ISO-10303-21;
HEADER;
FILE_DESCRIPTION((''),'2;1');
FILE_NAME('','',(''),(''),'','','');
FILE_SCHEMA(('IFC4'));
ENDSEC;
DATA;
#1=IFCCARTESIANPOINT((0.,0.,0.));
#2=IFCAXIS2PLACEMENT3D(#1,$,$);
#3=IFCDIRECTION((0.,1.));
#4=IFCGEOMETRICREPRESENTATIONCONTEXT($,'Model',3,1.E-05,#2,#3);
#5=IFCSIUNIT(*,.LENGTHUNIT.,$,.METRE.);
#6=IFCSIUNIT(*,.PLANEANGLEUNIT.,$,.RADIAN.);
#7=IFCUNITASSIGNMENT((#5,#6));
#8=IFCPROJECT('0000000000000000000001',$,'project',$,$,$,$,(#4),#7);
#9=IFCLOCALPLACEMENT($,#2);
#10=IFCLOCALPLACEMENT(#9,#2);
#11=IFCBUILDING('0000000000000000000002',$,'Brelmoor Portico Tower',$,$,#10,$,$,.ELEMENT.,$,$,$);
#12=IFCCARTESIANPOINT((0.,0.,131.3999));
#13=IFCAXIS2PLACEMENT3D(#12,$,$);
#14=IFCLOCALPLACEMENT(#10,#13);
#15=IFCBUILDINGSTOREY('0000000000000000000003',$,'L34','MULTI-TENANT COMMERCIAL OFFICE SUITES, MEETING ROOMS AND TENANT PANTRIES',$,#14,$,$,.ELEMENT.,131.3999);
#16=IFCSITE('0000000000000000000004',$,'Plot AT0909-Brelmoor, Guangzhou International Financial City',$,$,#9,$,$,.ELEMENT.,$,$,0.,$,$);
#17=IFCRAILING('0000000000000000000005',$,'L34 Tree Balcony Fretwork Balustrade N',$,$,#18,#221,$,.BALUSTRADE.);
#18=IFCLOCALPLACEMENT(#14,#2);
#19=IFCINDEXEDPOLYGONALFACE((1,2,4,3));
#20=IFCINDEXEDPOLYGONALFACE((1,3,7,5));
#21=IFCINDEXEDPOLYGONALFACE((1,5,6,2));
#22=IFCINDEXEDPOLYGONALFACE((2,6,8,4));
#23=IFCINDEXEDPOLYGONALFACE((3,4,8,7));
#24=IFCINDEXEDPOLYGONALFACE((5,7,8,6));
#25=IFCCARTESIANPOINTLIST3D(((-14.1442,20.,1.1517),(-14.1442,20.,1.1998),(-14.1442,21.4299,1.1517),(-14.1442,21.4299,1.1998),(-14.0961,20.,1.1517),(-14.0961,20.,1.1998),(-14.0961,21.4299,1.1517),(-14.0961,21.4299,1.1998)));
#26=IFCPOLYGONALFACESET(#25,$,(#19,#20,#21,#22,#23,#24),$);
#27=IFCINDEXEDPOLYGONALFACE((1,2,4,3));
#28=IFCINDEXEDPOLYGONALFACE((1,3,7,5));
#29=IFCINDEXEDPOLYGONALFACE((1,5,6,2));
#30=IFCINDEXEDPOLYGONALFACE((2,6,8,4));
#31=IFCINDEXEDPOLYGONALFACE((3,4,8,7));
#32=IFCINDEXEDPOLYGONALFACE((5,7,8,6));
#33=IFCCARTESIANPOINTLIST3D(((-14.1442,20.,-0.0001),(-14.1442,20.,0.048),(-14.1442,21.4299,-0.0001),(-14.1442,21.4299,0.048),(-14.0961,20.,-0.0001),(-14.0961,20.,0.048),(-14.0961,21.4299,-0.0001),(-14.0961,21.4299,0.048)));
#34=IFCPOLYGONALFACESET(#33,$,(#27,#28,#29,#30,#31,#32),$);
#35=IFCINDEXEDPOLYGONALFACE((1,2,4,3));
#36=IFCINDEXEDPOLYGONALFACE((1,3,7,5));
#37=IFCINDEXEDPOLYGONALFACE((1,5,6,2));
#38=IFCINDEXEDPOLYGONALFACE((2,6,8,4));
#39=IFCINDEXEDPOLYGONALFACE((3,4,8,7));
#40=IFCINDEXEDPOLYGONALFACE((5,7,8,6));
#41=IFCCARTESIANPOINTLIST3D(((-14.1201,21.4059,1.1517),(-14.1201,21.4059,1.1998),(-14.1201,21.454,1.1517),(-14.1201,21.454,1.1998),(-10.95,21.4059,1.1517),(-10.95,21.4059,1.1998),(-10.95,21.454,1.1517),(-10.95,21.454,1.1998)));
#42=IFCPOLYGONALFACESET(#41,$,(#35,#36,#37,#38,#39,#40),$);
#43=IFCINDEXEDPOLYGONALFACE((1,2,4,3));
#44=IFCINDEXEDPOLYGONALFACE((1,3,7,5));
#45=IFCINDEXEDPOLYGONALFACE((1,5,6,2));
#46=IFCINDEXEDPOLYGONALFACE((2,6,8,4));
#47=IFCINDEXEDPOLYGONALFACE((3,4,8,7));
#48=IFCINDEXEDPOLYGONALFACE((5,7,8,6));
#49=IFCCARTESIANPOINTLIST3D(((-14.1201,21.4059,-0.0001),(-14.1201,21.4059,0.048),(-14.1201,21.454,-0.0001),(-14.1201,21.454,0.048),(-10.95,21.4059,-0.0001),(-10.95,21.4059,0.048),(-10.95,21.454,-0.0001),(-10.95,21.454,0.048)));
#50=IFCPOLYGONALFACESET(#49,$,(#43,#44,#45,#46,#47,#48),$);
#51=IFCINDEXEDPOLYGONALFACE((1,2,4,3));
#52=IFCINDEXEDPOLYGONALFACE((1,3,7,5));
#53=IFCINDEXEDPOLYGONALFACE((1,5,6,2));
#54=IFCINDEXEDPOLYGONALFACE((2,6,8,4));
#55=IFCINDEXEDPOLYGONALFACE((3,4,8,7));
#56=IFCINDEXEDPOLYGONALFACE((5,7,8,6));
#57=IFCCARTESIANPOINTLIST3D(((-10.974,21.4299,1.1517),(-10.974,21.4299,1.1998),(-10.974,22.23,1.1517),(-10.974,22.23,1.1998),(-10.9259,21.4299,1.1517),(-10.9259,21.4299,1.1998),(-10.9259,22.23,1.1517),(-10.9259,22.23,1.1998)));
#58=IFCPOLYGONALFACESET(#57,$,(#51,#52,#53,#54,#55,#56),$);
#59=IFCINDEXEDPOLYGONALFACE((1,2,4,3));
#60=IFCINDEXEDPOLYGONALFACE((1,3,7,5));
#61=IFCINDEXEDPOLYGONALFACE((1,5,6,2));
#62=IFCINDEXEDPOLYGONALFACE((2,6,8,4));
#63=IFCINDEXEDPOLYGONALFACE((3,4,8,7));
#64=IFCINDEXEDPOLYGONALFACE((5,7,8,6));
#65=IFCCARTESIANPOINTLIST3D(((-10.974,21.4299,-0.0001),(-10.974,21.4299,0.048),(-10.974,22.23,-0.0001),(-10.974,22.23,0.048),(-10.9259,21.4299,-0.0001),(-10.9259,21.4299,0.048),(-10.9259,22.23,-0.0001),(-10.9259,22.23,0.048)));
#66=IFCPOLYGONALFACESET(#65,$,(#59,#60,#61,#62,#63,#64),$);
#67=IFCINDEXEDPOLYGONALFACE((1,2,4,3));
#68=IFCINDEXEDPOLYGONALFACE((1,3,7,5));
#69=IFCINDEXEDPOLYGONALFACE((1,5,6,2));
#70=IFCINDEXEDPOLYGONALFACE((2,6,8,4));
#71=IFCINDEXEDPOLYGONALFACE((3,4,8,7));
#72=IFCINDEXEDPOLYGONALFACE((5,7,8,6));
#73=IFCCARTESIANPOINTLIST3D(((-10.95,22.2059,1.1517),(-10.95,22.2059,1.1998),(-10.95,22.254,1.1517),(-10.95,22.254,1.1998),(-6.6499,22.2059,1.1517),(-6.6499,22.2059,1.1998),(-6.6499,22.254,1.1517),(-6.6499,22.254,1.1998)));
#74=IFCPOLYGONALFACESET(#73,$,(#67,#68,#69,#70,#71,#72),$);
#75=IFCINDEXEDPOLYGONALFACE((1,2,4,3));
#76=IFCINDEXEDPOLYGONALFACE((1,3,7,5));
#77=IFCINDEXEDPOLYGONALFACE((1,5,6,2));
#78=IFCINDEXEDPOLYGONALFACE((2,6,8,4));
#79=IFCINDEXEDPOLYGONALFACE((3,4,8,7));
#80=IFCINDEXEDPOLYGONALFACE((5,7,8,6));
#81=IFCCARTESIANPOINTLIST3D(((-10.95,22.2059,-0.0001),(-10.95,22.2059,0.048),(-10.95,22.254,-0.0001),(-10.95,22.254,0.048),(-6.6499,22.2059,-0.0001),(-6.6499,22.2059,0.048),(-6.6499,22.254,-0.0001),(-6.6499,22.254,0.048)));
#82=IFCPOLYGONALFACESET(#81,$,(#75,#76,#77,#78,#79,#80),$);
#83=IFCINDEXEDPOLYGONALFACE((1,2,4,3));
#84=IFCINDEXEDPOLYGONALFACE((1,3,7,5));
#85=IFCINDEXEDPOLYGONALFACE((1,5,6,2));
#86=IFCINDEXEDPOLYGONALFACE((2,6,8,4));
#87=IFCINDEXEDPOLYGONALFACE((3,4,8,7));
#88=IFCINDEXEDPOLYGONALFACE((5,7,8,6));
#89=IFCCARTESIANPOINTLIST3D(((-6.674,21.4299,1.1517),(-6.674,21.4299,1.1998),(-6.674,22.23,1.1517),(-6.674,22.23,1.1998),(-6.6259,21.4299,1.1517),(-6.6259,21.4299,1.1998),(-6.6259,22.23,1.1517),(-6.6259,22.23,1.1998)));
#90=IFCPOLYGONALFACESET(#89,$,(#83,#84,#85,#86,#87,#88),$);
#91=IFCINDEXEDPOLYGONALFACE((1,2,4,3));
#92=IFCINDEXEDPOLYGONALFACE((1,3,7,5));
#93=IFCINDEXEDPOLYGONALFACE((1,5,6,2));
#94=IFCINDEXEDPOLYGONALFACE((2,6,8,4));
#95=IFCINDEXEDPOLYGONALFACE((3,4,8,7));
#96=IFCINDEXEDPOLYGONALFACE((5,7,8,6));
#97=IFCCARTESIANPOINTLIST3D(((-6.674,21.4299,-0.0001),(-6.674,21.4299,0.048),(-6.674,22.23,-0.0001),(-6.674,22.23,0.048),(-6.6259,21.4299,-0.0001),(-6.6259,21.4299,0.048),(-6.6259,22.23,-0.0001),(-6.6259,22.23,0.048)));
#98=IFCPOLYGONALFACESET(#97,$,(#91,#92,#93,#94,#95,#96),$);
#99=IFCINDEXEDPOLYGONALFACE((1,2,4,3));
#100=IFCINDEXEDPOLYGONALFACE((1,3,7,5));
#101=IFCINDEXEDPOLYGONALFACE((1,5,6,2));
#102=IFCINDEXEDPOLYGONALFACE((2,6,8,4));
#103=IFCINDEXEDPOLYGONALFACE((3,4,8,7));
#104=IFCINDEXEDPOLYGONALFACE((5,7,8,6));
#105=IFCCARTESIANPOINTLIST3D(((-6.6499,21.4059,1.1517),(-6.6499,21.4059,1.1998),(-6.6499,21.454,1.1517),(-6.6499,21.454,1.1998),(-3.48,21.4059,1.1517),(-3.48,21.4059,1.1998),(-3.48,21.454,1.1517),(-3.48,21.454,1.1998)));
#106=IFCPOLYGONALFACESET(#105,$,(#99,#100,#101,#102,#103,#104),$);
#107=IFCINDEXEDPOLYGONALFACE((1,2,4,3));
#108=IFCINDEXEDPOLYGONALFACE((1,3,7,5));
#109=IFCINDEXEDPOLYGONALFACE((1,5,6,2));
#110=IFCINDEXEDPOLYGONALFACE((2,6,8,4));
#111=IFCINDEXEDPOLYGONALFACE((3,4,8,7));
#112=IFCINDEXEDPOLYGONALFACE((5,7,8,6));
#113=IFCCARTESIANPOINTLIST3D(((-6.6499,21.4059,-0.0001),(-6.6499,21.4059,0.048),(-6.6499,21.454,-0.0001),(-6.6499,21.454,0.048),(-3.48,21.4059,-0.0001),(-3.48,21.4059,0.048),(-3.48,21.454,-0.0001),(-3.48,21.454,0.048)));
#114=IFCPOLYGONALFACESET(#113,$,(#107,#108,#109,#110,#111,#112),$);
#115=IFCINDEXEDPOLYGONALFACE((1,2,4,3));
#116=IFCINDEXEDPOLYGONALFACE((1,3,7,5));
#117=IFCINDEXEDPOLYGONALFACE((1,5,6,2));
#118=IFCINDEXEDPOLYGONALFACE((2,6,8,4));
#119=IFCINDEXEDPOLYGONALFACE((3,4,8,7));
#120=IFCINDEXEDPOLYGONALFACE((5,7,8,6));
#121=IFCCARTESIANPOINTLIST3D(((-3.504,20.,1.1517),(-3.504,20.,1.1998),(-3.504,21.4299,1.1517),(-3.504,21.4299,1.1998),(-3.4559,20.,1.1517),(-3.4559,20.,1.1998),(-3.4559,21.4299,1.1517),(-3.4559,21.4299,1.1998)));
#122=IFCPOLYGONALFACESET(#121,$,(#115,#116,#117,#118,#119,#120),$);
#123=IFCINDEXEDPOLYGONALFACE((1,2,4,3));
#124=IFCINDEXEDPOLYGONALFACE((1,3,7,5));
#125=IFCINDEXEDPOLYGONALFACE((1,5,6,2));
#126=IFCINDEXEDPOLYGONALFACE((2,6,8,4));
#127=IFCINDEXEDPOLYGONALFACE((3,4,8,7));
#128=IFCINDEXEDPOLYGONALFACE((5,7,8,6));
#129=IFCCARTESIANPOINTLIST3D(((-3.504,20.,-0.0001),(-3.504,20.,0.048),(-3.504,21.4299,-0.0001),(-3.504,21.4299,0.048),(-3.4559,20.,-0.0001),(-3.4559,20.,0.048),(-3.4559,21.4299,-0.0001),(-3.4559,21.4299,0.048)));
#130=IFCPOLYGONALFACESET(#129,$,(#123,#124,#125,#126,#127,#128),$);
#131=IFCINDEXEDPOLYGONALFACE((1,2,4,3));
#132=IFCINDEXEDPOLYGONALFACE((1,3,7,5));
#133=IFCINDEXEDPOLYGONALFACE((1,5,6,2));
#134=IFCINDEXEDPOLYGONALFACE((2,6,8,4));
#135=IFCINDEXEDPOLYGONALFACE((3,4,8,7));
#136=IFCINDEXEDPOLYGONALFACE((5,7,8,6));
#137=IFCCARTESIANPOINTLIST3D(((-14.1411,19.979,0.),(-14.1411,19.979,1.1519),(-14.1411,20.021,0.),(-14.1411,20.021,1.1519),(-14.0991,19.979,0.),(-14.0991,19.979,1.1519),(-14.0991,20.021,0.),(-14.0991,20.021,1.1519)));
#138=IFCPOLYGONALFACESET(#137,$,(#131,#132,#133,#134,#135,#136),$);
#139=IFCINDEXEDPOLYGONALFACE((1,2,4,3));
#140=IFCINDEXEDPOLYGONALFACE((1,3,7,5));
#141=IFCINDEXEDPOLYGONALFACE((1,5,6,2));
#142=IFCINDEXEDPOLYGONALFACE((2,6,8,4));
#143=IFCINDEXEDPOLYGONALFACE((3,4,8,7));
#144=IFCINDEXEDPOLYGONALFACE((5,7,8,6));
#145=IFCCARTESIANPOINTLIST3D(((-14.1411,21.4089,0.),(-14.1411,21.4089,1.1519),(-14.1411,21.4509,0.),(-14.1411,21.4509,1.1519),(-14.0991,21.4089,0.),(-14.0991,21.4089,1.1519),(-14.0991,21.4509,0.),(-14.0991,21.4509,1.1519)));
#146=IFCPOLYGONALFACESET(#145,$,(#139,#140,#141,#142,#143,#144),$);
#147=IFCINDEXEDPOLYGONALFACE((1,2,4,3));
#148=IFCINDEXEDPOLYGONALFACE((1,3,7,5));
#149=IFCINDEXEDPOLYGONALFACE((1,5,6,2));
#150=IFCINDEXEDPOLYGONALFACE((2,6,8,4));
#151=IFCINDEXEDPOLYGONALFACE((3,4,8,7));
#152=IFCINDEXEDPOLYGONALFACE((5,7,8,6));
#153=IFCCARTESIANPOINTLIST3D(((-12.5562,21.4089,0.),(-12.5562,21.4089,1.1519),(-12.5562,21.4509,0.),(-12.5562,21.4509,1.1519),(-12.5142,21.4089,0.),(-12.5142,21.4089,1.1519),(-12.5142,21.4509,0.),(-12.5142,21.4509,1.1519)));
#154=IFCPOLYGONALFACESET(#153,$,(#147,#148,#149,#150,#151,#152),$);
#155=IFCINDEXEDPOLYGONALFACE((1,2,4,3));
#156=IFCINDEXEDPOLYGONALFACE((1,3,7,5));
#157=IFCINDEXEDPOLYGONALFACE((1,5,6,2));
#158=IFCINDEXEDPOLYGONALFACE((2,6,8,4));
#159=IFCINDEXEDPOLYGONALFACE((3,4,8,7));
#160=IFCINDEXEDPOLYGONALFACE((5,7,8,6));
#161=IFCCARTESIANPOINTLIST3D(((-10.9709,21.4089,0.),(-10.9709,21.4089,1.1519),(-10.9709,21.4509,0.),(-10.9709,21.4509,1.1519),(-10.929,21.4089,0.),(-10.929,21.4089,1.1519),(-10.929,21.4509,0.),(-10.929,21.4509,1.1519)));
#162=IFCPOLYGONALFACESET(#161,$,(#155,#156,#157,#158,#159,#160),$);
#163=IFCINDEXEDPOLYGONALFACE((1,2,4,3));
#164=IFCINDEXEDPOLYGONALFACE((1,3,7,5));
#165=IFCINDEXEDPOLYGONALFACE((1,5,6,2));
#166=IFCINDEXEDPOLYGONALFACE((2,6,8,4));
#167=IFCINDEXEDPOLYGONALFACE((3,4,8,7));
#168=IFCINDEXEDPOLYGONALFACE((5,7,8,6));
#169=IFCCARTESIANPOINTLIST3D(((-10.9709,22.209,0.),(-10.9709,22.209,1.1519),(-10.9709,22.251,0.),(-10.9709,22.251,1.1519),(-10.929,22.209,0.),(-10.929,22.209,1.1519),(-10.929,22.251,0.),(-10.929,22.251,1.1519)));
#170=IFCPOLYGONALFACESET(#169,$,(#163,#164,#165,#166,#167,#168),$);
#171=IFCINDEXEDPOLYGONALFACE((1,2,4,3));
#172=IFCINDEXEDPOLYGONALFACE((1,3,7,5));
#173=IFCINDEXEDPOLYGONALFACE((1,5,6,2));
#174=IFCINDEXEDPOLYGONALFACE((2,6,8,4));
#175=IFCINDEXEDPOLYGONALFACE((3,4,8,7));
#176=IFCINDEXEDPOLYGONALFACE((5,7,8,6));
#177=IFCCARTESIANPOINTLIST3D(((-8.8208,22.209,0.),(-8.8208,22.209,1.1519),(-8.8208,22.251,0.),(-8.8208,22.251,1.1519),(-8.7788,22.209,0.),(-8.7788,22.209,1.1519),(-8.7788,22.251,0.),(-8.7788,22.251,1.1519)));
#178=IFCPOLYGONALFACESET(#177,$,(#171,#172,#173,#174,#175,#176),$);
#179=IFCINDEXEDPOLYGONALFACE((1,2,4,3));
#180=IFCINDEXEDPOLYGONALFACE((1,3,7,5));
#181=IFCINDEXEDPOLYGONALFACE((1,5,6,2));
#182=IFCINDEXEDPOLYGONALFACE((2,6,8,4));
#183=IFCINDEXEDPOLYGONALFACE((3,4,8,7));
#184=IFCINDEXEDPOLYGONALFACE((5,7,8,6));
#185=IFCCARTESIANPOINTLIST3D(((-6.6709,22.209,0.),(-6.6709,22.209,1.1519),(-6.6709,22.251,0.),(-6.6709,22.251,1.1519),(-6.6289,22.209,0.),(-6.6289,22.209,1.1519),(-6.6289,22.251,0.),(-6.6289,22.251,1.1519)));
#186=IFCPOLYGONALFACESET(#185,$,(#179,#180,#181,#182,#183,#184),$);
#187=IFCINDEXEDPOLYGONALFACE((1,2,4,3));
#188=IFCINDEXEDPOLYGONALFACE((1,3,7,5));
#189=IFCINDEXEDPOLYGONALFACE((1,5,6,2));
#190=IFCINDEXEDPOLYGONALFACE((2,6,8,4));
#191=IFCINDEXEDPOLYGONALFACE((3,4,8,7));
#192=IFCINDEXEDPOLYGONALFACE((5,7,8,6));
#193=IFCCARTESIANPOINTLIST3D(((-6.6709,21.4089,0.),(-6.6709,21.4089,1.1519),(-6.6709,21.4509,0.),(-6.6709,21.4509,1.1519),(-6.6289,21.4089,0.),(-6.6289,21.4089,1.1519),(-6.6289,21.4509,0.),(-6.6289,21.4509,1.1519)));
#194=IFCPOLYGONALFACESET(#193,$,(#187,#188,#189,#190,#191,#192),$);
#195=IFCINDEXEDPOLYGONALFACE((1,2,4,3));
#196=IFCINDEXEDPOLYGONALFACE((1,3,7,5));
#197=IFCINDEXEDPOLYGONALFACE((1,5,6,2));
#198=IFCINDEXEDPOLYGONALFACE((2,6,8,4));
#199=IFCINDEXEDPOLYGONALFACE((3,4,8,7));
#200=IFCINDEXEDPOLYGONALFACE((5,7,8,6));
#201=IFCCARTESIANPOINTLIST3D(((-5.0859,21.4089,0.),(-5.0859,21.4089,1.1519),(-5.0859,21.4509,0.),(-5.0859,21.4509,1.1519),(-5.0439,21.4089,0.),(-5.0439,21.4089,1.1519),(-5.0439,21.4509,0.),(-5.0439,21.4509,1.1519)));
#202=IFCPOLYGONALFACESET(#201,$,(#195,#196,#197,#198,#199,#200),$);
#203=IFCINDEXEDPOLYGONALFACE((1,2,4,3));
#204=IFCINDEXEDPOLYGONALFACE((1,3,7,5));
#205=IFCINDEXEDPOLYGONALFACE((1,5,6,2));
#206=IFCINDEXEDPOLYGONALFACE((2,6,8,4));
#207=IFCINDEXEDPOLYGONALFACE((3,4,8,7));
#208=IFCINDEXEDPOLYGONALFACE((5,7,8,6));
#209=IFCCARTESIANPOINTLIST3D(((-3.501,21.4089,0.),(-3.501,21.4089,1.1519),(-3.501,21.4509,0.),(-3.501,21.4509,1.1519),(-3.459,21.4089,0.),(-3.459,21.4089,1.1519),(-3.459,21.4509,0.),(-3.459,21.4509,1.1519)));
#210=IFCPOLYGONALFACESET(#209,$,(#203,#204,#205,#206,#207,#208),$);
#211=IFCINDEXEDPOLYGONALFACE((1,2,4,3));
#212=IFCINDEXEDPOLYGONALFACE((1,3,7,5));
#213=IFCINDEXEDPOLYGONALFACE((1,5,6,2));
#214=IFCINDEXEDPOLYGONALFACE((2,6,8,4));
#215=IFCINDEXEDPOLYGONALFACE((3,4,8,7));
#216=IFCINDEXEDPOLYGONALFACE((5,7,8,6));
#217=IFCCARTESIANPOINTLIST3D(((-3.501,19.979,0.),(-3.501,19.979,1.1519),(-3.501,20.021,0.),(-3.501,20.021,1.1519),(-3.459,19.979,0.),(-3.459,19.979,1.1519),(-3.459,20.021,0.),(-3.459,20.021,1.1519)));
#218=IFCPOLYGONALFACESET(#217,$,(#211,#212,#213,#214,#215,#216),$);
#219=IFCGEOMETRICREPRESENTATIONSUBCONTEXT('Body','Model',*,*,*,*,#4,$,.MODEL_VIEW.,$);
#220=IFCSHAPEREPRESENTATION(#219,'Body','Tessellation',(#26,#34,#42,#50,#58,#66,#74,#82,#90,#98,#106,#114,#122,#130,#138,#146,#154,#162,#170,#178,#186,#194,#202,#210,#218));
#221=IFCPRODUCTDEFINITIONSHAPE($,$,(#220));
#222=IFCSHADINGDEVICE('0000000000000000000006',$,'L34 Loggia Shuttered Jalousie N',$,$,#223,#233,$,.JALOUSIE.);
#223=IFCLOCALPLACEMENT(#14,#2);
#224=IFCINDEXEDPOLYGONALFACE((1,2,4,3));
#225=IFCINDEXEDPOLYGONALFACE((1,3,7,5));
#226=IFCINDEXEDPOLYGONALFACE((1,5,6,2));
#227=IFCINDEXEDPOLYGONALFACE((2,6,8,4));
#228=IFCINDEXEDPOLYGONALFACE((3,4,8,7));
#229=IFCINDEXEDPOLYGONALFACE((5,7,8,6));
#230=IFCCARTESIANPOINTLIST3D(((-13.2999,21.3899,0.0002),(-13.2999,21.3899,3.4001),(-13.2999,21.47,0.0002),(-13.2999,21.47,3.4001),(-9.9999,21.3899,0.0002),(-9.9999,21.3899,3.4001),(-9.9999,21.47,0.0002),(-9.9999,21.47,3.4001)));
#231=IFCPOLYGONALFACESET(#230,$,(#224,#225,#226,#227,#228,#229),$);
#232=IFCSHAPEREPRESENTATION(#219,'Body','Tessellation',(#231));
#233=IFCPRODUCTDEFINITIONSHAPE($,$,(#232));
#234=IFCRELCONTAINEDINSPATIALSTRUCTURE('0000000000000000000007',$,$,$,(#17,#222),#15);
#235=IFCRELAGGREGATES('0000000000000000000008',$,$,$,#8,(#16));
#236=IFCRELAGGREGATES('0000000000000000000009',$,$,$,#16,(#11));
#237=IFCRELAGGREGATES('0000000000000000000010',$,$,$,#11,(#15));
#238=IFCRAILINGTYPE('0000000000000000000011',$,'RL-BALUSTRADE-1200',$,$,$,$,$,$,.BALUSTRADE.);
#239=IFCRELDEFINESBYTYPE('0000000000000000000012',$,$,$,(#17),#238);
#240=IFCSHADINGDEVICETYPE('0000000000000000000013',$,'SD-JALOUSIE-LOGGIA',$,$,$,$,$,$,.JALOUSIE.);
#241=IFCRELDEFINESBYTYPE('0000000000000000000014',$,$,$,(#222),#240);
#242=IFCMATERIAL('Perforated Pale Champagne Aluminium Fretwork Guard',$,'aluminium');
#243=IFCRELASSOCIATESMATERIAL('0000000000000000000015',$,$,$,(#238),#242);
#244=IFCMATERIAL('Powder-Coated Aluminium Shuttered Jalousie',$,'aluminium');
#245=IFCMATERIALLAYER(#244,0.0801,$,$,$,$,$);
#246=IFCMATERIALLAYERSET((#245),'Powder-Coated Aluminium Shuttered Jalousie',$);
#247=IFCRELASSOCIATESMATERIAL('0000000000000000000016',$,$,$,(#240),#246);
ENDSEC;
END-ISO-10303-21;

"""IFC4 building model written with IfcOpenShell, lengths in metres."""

from ifc_helpers import new_model, si_unit, direction, frame, origin, origin_2d, place, context, subcontext, project, spatial, rectangle, extrude, material, layer, layer_set, type_object, element, save


model = new_model("IFC4")

# Units and contexts
model_context = context("Model", 3, precision=1e-05, world=origin(), true_north=direction((0.0, 1.0)))
body_context = subcontext(model_context, "Body", "Model", "MODEL_VIEW")
ifc_project = project(units=[si_unit("LENGTHUNIT", "METRE"), si_unit("PLANEANGLEUNIT", "RADIAN")], contexts=[model_context])

# Site, building, storey
site_placement = place(None, origin())
site = spatial("IfcSite", under=ifc_project, at=site_placement, Name="Plot AT0909-Brelmoor, Guangzhou International Financial City", CompositionType="ELEMENT", RefElevation=0.0)
building_placement = place(site_placement, origin())
building = spatial("IfcBuilding", under=site, at=building_placement, Name="Brelmoor Portico Tower", CompositionType="ELEMENT")
storey_placement = place(building_placement, frame((0.0, 0.0, 131.3999)))
storey = spatial("IfcBuildingStorey", under=building, at=storey_placement, Name="L34", Description="MULTI-TENANT COMMERCIAL OFFICE SUITES, MEETING ROOMS AND TENANT PANTRIES", CompositionType="ELEMENT", Elevation=131.3999)

# Railing
ifc_material_1 = material(Name="Perforated Pale Champagne Aluminium Fretwork Guard", Category="aluminium")
railing_type = type_object("IfcRailingType", Name="RL-BALUSTRADE-1200", PredefinedType="BALUSTRADE", material=ifc_material_1)
railing_placement = place(storey_placement, frame((-14.1201, 20.0, 0.0)))
element("IfcRailing", 1, at=railing_placement, inside=storey, type_object=railing_type, Name="L34 Tree Balcony Fretwork Balustrade N", PredefinedType="BALUSTRADE", context=body_context, shape_type="SweptSolid", body=[
    extrude(rectangle(XDim=0.0481, YDim=0.0481, at=origin_2d()), frame((0.0, 0.0, 1.1758), z_axis=(0.0, 1.0, 0.0), x_axis=(-1.0, 0.0, 0.0)), (0.0, 0.0, 1.0), 1.4299),
    extrude(rectangle(XDim=0.0481, YDim=0.0481, at=origin_2d()), frame((0.0, 0.0, 0.0239), z_axis=(0.0, 1.0, 0.0), x_axis=(-1.0, 0.0, 0.0)), (0.0, 0.0, 1.0), 1.4299),
    extrude(rectangle(XDim=0.0481, YDim=0.0481, at=origin_2d()), frame((0.0, 1.4299, 1.1758), z_axis=(1.0, 0.0, 0.0), x_axis=(0.0, 1.0, 0.0)), (0.0, 0.0, 1.0), 3.1702),
    extrude(rectangle(XDim=0.0481, YDim=0.0481, at=origin_2d()), frame((0.0, 1.4299, 0.0239), z_axis=(1.0, 0.0, 0.0), x_axis=(0.0, 1.0, 0.0)), (0.0, 0.0, 1.0), 3.1702),
    extrude(rectangle(XDim=0.0481, YDim=0.0481, at=origin_2d()), frame((3.1702, 1.4299, 1.1758), z_axis=(0.0, 1.0, 0.0), x_axis=(-1.0, 0.0, 0.0)), (0.0, 0.0, 1.0), 0.8),
    extrude(rectangle(XDim=0.0481, YDim=0.0481, at=origin_2d()), frame((3.1702, 1.4299, 0.0239), z_axis=(0.0, 1.0, 0.0), x_axis=(-1.0, 0.0, 0.0)), (0.0, 0.0, 1.0), 0.8),
    extrude(rectangle(XDim=0.0481, YDim=0.0481, at=origin_2d()), frame((3.1702, 2.23, 1.1758), z_axis=(1.0, 0.0, 0.0), x_axis=(0.0, 1.0, 0.0)), (0.0, 0.0, 1.0), 4.3),
    extrude(rectangle(XDim=0.0481, YDim=0.0481, at=origin_2d()), frame((3.1702, 2.23, 0.0239), z_axis=(1.0, 0.0, 0.0), x_axis=(0.0, 1.0, 0.0)), (0.0, 0.0, 1.0), 4.3),
    extrude(rectangle(XDim=0.0481, YDim=0.0481, at=origin_2d()), frame((7.4702, 2.23, 1.1758), z_axis=(0.0, -1.0, 0.0), x_axis=(1.0, 0.0, 0.0)), (0.0, 0.0, 1.0), 0.8),
    extrude(rectangle(XDim=0.0481, YDim=0.0481, at=origin_2d()), frame((7.4702, 2.23, 0.0239), z_axis=(0.0, -1.0, 0.0), x_axis=(1.0, 0.0, 0.0)), (0.0, 0.0, 1.0), 0.8),
    extrude(rectangle(XDim=0.0481, YDim=0.0481, at=origin_2d()), frame((7.4702, 1.4299, 1.1758), z_axis=(1.0, 0.0, 0.0), x_axis=(0.0, 1.0, 0.0)), (0.0, 0.0, 1.0), 3.1699),
    extrude(rectangle(XDim=0.0481, YDim=0.0481, at=origin_2d()), frame((7.4702, 1.4299, 0.0239), z_axis=(1.0, 0.0, 0.0), x_axis=(0.0, 1.0, 0.0)), (0.0, 0.0, 1.0), 3.1699),
    extrude(rectangle(XDim=0.0481, YDim=0.0481, at=origin_2d()), frame((10.6401, 1.4299, 1.1758), z_axis=(0.0, -1.0, 0.0), x_axis=(1.0, 0.0, 0.0)), (0.0, 0.0, 1.0), 1.4299),
    extrude(rectangle(XDim=0.0481, YDim=0.0481, at=origin_2d()), frame((10.6401, 1.4299, 0.0239), z_axis=(0.0, -1.0, 0.0), x_axis=(1.0, 0.0, 0.0)), (0.0, 0.0, 1.0), 1.4299),
    extrude(rectangle(XDim=0.042, YDim=0.042, at=origin_2d()), origin(), (0.0, 0.0, 1.0), 1.1519),
    extrude(rectangle(XDim=0.042, YDim=0.042, at=origin_2d()), frame((0.0, 1.4299, 0.0)), (0.0, 0.0, 1.0), 1.1519),
    extrude(rectangle(XDim=0.042, YDim=0.042, at=origin_2d()), frame((1.585, 1.4299, 0.0)), (0.0, 0.0, 1.0), 1.1519),
    extrude(rectangle(XDim=0.042, YDim=0.042, at=origin_2d()), frame((3.1702, 1.4299, 0.0)), (0.0, 0.0, 1.0), 1.1519),
    extrude(rectangle(XDim=0.042, YDim=0.042, at=origin_2d()), frame((3.1702, 2.23, 0.0)), (0.0, 0.0, 1.0), 1.1519),
    extrude(rectangle(XDim=0.042, YDim=0.042, at=origin_2d()), frame((5.3203, 2.23, 0.0)), (0.0, 0.0, 1.0), 1.1519),
    extrude(rectangle(XDim=0.042, YDim=0.042, at=origin_2d()), frame((7.4702, 2.23, 0.0)), (0.0, 0.0, 1.0), 1.1519),
    extrude(rectangle(XDim=0.042, YDim=0.042, at=origin_2d()), frame((7.4702, 1.4299, 0.0)), (0.0, 0.0, 1.0), 1.1519),
    extrude(rectangle(XDim=0.042, YDim=0.042, at=origin_2d()), frame((9.0552, 1.4299, 0.0)), (0.0, 0.0, 1.0), 1.1519),
    extrude(rectangle(XDim=0.042, YDim=0.042, at=origin_2d()), frame((10.6401, 1.4299, 0.0)), (0.0, 0.0, 1.0), 1.1519),
    extrude(rectangle(XDim=0.042, YDim=0.042, at=origin_2d()), frame((10.6401, 0.0, 0.0)), (0.0, 0.0, 1.0), 1.1519),
])

# Shading device
ifc_material_2 = material(Name="Powder-Coated Aluminium Shuttered Jalousie", Category="aluminium")
ifc_layer_1 = layer(ifc_material_2, 0.0801)
ifc_layer_set_1 = layer_set([ifc_layer_1], Name="Powder-Coated Aluminium Shuttered Jalousie")
shading_device_type = type_object("IfcShadingDeviceType", Name="SD-JALOUSIE-LOGGIA", PredefinedType="JALOUSIE", material=ifc_layer_set_1)
shading_device_placement = place(storey_placement, frame((-11.6499, 21.4299, 0.0002), z_axis=(0.0, 0.0, 1.0), x_axis=(1.0, 0.0, 0.0)))
element("IfcShadingDevice", 2, at=shading_device_placement, inside=storey, type_object=shading_device_type, Name="L34 Loggia Shuttered Jalousie N", PredefinedType="JALOUSIE", context=body_context, shape_type="SweptSolid", body=[
    extrude(rectangle(XDim=3.3, YDim=0.0801, at=origin_2d()), origin(), (0.0, 0.0, 1.0), 3.3999),
])

save(model, "model.ifc")
